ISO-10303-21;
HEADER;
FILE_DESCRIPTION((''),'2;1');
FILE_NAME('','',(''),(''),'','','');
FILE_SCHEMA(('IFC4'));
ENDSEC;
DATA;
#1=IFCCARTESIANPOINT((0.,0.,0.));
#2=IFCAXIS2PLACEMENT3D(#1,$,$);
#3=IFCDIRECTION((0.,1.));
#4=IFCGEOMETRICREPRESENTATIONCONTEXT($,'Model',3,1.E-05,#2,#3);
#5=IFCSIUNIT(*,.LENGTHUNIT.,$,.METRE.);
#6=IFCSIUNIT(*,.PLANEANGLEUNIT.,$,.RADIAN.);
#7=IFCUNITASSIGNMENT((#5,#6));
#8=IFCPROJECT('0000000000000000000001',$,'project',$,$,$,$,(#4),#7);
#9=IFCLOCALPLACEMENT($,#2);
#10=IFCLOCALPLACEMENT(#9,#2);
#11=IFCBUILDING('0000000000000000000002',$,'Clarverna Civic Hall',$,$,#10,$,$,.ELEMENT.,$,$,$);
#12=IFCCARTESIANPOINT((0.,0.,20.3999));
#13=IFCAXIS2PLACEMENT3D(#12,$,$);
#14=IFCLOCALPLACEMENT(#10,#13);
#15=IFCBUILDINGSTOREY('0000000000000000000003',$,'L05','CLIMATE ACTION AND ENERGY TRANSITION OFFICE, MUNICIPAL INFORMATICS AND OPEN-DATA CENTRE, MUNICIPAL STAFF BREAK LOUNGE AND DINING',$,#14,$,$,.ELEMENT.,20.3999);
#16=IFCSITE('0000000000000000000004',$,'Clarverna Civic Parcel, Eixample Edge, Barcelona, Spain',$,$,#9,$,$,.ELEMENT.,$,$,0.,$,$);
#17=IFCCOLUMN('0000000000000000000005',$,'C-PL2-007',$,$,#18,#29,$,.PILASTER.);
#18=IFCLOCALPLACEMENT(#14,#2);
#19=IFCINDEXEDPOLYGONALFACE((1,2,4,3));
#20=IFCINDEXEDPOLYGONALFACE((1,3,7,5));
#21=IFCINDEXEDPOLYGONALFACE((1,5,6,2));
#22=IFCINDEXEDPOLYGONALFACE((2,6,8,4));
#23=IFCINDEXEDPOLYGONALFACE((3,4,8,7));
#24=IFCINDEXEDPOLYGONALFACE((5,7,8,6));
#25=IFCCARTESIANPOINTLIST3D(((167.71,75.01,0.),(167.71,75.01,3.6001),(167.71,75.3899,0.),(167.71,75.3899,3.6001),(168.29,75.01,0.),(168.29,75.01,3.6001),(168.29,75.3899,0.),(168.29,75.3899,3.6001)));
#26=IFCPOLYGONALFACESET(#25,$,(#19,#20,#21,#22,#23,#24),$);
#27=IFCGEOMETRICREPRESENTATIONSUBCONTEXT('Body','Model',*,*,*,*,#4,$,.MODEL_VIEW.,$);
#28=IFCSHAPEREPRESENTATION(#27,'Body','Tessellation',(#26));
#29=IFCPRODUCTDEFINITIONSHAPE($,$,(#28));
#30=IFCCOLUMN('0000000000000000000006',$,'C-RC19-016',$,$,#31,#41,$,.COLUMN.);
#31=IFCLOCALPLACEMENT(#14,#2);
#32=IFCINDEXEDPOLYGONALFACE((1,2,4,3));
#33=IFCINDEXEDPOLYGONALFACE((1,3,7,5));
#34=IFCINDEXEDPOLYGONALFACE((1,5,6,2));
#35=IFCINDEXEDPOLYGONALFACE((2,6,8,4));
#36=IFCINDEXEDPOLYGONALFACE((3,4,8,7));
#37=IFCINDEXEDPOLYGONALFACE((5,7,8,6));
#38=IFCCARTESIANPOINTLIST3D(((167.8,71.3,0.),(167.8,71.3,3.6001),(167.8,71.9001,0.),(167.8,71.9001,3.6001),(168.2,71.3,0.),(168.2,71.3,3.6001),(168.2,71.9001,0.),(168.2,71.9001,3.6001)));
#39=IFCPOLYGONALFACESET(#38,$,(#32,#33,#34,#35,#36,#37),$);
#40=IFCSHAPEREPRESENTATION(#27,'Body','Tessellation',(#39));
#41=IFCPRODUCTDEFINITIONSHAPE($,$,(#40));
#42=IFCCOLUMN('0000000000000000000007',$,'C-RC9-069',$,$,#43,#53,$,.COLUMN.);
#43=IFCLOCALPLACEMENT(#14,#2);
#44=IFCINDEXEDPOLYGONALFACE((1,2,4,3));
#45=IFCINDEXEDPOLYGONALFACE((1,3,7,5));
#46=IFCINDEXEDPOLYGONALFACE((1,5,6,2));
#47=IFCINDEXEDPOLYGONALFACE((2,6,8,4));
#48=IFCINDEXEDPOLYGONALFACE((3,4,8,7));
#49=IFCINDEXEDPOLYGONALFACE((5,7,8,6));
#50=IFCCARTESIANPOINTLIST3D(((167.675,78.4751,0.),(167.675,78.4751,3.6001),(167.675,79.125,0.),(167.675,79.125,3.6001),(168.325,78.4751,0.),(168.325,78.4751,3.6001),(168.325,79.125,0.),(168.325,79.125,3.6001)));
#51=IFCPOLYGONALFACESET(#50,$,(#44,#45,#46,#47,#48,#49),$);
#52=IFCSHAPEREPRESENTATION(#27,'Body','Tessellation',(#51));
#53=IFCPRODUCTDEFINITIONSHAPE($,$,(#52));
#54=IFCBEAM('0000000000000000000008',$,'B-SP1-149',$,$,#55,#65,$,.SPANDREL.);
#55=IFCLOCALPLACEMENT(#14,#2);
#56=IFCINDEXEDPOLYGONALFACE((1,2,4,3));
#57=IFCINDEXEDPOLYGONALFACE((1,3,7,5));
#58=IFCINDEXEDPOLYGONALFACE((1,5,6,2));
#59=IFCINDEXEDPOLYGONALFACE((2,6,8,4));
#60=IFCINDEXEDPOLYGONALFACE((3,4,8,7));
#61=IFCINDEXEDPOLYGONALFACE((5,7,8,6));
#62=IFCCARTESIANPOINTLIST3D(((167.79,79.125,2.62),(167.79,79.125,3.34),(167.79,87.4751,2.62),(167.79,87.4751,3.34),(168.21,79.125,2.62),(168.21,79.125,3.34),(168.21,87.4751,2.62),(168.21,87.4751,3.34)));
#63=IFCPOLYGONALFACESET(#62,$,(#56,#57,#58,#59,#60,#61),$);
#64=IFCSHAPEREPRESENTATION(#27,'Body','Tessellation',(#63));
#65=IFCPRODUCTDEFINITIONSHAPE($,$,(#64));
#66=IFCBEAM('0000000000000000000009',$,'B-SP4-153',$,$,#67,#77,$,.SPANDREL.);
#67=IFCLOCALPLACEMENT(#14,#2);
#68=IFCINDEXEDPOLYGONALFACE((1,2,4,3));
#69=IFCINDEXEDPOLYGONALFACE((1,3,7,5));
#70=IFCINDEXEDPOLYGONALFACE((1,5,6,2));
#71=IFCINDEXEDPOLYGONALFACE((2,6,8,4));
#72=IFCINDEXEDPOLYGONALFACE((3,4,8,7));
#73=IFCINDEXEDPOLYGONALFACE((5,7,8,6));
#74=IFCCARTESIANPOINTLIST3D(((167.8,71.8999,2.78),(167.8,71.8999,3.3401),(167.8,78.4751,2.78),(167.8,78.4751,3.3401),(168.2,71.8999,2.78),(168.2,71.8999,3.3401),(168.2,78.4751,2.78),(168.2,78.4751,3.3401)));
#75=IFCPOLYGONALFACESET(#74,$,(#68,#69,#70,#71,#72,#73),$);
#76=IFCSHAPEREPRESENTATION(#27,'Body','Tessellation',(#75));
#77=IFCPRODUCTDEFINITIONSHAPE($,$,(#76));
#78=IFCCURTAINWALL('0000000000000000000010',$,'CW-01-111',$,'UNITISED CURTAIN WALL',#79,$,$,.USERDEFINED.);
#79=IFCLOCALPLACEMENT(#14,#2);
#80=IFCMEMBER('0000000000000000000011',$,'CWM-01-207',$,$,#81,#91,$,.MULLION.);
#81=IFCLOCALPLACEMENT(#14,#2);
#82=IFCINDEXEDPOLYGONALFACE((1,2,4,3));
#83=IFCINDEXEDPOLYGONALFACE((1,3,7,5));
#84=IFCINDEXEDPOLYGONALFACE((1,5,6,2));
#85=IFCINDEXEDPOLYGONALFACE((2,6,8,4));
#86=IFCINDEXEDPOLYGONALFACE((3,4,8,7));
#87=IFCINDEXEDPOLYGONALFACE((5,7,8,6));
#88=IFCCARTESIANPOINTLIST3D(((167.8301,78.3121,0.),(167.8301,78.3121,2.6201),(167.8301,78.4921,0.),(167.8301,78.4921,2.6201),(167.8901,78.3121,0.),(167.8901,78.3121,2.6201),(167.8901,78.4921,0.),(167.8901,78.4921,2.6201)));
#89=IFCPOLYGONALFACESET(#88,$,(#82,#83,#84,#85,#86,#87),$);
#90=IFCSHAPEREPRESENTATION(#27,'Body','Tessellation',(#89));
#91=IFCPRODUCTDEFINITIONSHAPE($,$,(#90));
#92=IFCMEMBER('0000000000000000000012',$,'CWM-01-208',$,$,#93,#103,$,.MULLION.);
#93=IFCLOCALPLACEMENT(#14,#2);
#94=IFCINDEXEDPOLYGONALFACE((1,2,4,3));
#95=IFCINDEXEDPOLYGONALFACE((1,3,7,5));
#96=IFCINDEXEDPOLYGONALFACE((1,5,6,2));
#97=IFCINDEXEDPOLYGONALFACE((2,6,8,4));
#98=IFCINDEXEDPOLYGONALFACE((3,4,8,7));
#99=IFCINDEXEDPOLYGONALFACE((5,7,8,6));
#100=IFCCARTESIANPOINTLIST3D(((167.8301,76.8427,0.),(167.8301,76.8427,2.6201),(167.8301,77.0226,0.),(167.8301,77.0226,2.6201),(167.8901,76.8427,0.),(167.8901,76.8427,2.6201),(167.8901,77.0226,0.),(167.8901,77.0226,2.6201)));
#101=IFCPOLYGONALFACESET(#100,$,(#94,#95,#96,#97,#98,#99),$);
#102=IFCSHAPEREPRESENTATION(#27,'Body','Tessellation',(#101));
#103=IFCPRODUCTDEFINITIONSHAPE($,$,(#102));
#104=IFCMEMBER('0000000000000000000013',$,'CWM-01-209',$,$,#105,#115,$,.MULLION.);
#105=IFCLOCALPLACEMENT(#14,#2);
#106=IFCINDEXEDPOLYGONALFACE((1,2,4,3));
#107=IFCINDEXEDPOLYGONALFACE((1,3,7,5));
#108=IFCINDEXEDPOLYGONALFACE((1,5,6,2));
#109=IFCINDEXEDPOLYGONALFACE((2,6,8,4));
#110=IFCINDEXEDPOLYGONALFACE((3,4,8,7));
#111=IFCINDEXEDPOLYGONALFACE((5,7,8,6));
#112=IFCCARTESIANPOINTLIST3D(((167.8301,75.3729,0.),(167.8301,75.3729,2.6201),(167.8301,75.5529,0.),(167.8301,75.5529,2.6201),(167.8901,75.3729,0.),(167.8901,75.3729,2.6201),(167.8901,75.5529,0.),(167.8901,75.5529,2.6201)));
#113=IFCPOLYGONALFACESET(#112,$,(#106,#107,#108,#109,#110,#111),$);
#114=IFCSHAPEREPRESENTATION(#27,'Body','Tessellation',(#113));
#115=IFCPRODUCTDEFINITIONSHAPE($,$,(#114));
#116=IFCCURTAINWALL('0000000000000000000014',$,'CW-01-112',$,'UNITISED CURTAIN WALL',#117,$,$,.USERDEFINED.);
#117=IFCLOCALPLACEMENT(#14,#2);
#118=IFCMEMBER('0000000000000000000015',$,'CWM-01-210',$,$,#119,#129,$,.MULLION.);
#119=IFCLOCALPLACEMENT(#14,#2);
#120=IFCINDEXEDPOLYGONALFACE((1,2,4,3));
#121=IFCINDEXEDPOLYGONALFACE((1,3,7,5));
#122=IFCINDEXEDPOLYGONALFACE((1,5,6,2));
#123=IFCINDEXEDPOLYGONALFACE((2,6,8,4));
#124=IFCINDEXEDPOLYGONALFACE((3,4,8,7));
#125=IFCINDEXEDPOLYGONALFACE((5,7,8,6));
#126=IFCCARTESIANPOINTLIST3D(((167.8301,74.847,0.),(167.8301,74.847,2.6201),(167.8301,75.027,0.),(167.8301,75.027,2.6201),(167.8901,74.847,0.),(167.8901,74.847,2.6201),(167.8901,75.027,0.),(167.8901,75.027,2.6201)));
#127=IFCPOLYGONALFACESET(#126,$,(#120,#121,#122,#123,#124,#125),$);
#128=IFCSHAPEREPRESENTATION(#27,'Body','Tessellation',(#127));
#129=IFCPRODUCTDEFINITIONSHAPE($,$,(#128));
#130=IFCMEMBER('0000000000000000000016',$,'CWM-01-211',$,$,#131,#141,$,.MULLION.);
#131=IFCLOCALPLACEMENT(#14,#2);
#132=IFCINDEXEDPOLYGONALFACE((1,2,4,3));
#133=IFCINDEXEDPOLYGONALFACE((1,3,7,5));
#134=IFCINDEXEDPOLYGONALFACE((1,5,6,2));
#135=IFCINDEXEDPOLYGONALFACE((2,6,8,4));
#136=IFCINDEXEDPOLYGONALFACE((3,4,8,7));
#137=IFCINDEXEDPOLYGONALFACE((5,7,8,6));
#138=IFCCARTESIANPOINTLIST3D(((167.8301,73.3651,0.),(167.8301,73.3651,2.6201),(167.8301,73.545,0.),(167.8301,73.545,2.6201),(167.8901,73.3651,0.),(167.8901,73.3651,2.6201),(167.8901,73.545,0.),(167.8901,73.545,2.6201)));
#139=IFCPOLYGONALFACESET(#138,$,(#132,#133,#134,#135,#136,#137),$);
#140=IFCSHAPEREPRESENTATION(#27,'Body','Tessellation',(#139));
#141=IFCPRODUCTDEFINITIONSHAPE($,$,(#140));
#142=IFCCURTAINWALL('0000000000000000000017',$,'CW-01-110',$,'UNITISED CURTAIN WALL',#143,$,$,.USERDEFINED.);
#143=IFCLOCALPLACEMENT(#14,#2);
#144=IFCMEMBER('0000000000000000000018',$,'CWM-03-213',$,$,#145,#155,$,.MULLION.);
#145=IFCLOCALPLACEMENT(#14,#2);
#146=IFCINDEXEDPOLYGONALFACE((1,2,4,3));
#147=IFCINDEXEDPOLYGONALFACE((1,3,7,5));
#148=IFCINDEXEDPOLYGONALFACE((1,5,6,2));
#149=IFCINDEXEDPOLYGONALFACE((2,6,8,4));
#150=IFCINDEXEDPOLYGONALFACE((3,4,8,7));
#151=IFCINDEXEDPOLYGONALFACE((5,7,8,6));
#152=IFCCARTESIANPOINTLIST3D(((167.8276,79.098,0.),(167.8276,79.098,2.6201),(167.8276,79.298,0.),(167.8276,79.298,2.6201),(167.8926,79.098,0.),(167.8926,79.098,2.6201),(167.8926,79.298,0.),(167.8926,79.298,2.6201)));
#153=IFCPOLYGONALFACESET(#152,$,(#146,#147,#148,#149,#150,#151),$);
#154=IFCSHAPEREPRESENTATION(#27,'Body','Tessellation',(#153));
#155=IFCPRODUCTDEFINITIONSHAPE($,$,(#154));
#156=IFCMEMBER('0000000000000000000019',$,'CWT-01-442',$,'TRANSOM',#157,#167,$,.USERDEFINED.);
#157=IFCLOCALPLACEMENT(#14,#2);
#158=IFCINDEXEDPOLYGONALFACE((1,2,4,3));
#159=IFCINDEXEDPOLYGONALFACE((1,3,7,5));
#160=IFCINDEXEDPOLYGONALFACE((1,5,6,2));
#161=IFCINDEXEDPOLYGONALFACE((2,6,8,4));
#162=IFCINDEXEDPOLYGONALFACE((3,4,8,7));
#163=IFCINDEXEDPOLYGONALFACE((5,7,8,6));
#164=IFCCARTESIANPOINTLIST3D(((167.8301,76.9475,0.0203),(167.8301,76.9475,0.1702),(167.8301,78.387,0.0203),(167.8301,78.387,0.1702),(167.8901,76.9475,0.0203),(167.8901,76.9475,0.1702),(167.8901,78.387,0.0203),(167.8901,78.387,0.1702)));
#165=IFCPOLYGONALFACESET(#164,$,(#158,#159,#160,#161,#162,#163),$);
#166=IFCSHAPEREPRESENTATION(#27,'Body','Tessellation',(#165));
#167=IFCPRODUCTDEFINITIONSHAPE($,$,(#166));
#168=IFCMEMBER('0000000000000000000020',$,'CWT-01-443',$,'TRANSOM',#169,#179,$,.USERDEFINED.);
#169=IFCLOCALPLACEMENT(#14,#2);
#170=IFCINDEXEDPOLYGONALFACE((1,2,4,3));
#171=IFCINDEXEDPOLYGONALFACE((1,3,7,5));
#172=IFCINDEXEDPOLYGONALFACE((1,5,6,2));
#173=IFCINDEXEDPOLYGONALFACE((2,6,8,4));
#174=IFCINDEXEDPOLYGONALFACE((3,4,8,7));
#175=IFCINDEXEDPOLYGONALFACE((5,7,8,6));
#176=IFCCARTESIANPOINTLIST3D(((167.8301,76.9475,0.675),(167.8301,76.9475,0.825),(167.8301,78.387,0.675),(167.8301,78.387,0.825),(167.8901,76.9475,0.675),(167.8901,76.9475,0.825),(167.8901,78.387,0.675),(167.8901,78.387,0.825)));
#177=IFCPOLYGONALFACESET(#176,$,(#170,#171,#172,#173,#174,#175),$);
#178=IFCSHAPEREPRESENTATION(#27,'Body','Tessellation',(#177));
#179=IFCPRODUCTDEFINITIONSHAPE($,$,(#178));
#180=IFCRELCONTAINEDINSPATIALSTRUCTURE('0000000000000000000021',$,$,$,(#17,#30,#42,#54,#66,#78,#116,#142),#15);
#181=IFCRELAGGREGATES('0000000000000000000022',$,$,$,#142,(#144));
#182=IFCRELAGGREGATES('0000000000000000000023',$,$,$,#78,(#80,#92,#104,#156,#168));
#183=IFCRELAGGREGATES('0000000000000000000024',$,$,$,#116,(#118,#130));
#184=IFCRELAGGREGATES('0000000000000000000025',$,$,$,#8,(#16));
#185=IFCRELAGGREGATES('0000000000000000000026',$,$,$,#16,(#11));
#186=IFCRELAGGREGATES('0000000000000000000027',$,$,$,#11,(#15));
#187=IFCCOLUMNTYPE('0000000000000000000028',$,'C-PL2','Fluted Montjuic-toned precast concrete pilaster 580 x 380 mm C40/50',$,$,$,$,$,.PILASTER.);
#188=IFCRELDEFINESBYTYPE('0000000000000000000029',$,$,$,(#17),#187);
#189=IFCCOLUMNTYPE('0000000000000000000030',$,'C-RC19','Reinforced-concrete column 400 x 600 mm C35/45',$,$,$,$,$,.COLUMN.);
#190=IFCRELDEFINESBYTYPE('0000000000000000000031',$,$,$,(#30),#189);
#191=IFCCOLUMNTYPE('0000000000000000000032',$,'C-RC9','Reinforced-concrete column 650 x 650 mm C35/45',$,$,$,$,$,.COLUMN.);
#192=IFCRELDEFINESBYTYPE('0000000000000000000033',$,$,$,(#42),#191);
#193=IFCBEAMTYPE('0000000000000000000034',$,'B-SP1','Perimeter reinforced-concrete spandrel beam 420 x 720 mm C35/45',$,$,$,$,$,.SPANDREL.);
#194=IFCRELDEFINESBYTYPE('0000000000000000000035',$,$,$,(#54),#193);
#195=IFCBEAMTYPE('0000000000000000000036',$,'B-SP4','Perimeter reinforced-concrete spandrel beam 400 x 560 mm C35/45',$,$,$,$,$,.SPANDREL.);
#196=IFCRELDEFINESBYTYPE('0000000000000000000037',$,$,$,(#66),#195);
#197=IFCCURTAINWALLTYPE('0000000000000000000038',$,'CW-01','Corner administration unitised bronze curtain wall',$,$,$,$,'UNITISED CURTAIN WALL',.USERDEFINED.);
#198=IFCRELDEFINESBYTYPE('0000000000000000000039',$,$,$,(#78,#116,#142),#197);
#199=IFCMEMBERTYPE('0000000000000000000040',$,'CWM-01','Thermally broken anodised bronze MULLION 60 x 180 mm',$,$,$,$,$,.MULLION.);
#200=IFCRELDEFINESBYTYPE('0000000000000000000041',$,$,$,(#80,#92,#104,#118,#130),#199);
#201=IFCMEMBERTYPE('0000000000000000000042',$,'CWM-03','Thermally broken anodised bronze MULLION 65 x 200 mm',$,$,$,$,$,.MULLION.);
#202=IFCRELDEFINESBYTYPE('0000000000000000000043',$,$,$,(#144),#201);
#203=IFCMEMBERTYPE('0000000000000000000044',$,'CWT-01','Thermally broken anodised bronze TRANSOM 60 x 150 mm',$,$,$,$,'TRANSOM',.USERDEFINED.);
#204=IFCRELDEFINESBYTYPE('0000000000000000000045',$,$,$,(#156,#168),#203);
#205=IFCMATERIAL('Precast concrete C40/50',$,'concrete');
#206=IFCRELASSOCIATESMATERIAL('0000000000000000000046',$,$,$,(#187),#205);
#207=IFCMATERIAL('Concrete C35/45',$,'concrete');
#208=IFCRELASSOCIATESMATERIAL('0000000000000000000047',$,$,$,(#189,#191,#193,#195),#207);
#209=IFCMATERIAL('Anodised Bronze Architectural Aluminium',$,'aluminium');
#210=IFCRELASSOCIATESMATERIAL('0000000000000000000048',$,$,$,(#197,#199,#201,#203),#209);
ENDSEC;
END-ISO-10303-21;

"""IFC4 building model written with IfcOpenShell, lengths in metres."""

from ifc_helpers import new_model, si_unit, direction, frame, origin, origin_2d, place, context, subcontext, project, spatial, rectangle, extrude, material, material_profile, profile_set, type_object, element, aggregate, save


model = new_model("IFC4")

# Units and contexts
model_context = context("Model", 3, precision=1e-05, world=origin(), true_north=direction((0.0, 1.0)))
body_context = subcontext(model_context, "Body", "Model", "MODEL_VIEW")
ifc_project = project(units=[si_unit("LENGTHUNIT", "METRE"), si_unit("PLANEANGLEUNIT", "RADIAN")], contexts=[model_context])

# Site, building, storey
site_placement = place(None, origin())
site = spatial("IfcSite", under=ifc_project, at=site_placement, Name="Clarverna Civic Parcel, Eixample Edge, Barcelona, Spain", CompositionType="ELEMENT", RefElevation=0.0)
building_placement = place(site_placement, origin())
building = spatial("IfcBuilding", under=site, at=building_placement, Name="Clarverna Civic Hall", CompositionType="ELEMENT")
storey_placement = place(building_placement, frame((0.0, 0.0, 20.3999)))
storey = spatial("IfcBuildingStorey", under=building, at=storey_placement, Name="L05", Description="CLIMATE ACTION AND ENERGY TRANSITION OFFICE, MUNICIPAL INFORMATICS AND OPEN-DATA CENTRE, MUNICIPAL STAFF BREAK LOUNGE AND DINING", CompositionType="ELEMENT", Elevation=20.3999)

# Columns
ifc_material_1 = material(Name="Precast concrete C40/50", Category="concrete")
ifc_material_profile_1 = material_profile(ifc_material_1, rectangle(XDim=0.5801, YDim=0.3799, at=origin_2d()), Name="PILASTER 580x380")
ifc_profile_set_1 = profile_set([ifc_material_profile_1], Name="Precast concrete C40/50")
column_type_1 = type_object("IfcColumnType", Name="C-PL2", Description="Fluted Montjuic-toned precast concrete pilaster 580 x 380 mm C40/50", PredefinedType="PILASTER", material=ifc_profile_set_1)
column_1_placement = place(storey_placement, frame((168.0, 75.2, 0.0), z_axis=(0.0, 0.0, 1.0), x_axis=(1.0, 0.0, 0.0)))
element("IfcColumn", 1, at=column_1_placement, inside=storey, type_object=column_type_1, Name="C-PL2-007", PredefinedType="PILASTER", context=body_context, shape_type="SweptSolid", body=[
    extrude(rectangle(XDim=0.5801, YDim=0.3799, at=origin_2d()), origin(), (0.0, 0.0, 1.0), 3.6001),
])
ifc_material_2 = material(Name="Concrete C35/45", Category="concrete")
ifc_material_profile_2 = material_profile(ifc_material_2, rectangle(XDim=0.3999, YDim=0.6001, at=origin_2d()), Name="RC 400x600")
ifc_profile_set_2 = profile_set([ifc_material_profile_2], Name="Concrete C35/45")
column_type_2 = type_object("IfcColumnType", Name="C-RC19", Description="Reinforced-concrete column 400 x 600 mm C35/45", PredefinedType="COLUMN", material=ifc_profile_set_2)
column_2_placement = place(storey_placement, frame((168.0, 71.6001, 0.0), z_axis=(0.0, 0.0, 1.0), x_axis=(1.0, 0.0, 0.0)))
element("IfcColumn", 2, at=column_2_placement, inside=storey, type_object=column_type_2, Name="C-RC19-016", PredefinedType="COLUMN", context=body_context, shape_type="SweptSolid", body=[
    extrude(rectangle(XDim=0.3999, YDim=0.6001, at=origin_2d()), origin(), (0.0, 0.0, 1.0), 3.6001),
])
ifc_material_profile_3 = material_profile(ifc_material_2, rectangle(XDim=0.6499, YDim=0.6499, at=origin_2d()), Name="RC 650x650")
ifc_profile_set_3 = profile_set([ifc_material_profile_3], Name="Concrete C35/45")
column_type_3 = type_object("IfcColumnType", Name="C-RC9", Description="Reinforced-concrete column 650 x 650 mm C35/45", PredefinedType="COLUMN", material=ifc_profile_set_3)
column_3_placement = place(storey_placement, frame((168.0, 78.8, 0.0), z_axis=(0.0, 0.0, 1.0), x_axis=(1.0, 0.0, 0.0)))
element("IfcColumn", 3, at=column_3_placement, inside=storey, type_object=column_type_3, Name="C-RC9-069", PredefinedType="COLUMN", context=body_context, shape_type="SweptSolid", body=[
    extrude(rectangle(XDim=0.6499, YDim=0.6499, at=origin_2d()), origin(), (0.0, 0.0, 1.0), 3.6001),
])

# Beams
ifc_material_profile_4 = material_profile(ifc_material_2, rectangle(XDim=0.4199, YDim=0.72, at=origin_2d()), Name="RC 420x720")
ifc_profile_set_4 = profile_set([ifc_material_profile_4], Name="Concrete C35/45")
beam_type_1 = type_object("IfcBeamType", Name="B-SP1", Description="Perimeter reinforced-concrete spandrel beam 420 x 720 mm C35/45", PredefinedType="SPANDREL", material=ifc_profile_set_4)
beam_1_placement = place(storey_placement, frame((168.0, 79.125, 2.98), z_axis=(0.0, 1.0, 0.0), x_axis=(-1.0, 0.0, 0.0)))
element("IfcBeam", 4, at=beam_1_placement, inside=storey, type_object=beam_type_1, Name="B-SP1-149", PredefinedType="SPANDREL", context=body_context, shape_type="SweptSolid", body=[
    extrude(rectangle(XDim=0.4199, YDim=0.72, at=origin_2d()), origin(), (0.0, 0.0, 1.0), 8.3501),
])
ifc_material_profile_5 = material_profile(ifc_material_2, rectangle(XDim=0.3999, YDim=0.5601, at=origin_2d()), Name="RC 400x560")
ifc_profile_set_5 = profile_set([ifc_material_profile_5], Name="Concrete C35/45")
beam_type_2 = type_object("IfcBeamType", Name="B-SP4", Description="Perimeter reinforced-concrete spandrel beam 400 x 560 mm C35/45", PredefinedType="SPANDREL", material=ifc_profile_set_5)
beam_2_placement = place(storey_placement, frame((168.0, 71.8999, 3.0601), z_axis=(0.0, 1.0, 0.0), x_axis=(-1.0, 0.0, 0.0)))
element("IfcBeam", 5, at=beam_2_placement, inside=storey, type_object=beam_type_2, Name="B-SP4-153", PredefinedType="SPANDREL", context=body_context, shape_type="SweptSolid", body=[
    extrude(rectangle(XDim=0.3999, YDim=0.5601, at=origin_2d()), origin(), (0.0, 0.0, 1.0), 6.5752),
])

# Curtain walls, members
ifc_material_3 = material(Name="Anodised Bronze Architectural Aluminium", Category="aluminium")
curtain_wall_type = type_object("IfcCurtainWallType", Name="CW-01", Description="Corner administration unitised bronze curtain wall", ElementType="UNITISED CURTAIN WALL", PredefinedType="USERDEFINED", material=ifc_material_3)
curtain_wall_1_placement = place(storey_placement, origin())
curtain_wall_1 = element("IfcCurtainWall", 6, at=curtain_wall_1_placement, inside=storey, type_object=curtain_wall_type, Name="CW-01-111", ObjectType="UNITISED CURTAIN WALL", PredefinedType="USERDEFINED")
ifc_material_profile_6 = material_profile(ifc_material_3, rectangle(XDim=0.0601, YDim=0.1799, at=origin_2d()), Name="BRONZE 60x180")
ifc_profile_set_6 = profile_set([ifc_material_profile_6], Name="Anodised Bronze Architectural Aluminium")
member_type_1 = type_object("IfcMemberType", Name="CWM-01", Description="Thermally broken anodised bronze MULLION 60 x 180 mm", PredefinedType="MULLION", material=ifc_profile_set_6)
member_1_placement = place(storey_placement, frame((167.8601, 78.4021, 0.0), z_axis=(0.0, 0.0, 1.0), x_axis=(1.0, 0.0, 0.0)))
member_1 = element("IfcMember", 7, at=member_1_placement, type_object=member_type_1, Name="CWM-01-207", PredefinedType="MULLION", context=body_context, shape_type="SweptSolid", body=[
    extrude(rectangle(XDim=0.0601, YDim=0.1799, at=origin_2d()), origin(), (0.0, 0.0, 1.0), 2.6201),
])
member_2_placement = place(storey_placement, frame((167.8601, 76.9326, 0.0), z_axis=(0.0, 0.0, 1.0), x_axis=(1.0, 0.0, 0.0)))
member_2 = element("IfcMember", 8, at=member_2_placement, type_object=member_type_1, Name="CWM-01-208", PredefinedType="MULLION", context=body_context, shape_type="SweptSolid", body=[
    extrude(rectangle(XDim=0.0601, YDim=0.1799, at=origin_2d()), origin(), (0.0, 0.0, 1.0), 2.6201),
])
member_3_placement = place(storey_placement, frame((167.8601, 75.4629, 0.0), z_axis=(0.0, 0.0, 1.0), x_axis=(1.0, 0.0, 0.0)))
member_3 = element("IfcMember", 9, at=member_3_placement, type_object=member_type_1, Name="CWM-01-209", PredefinedType="MULLION", context=body_context, shape_type="SweptSolid", body=[
    extrude(rectangle(XDim=0.0601, YDim=0.1799, at=origin_2d()), origin(), (0.0, 0.0, 1.0), 2.6201),
])
curtain_wall_2_placement = place(storey_placement, origin())
curtain_wall_2 = element("IfcCurtainWall", 10, at=curtain_wall_2_placement, inside=storey, type_object=curtain_wall_type, Name="CW-01-112", ObjectType="UNITISED CURTAIN WALL", PredefinedType="USERDEFINED")
member_4_placement = place(storey_placement, frame((167.8601, 74.937, 0.0), z_axis=(0.0, 0.0, 1.0), x_axis=(1.0, 0.0, 0.0)))
member_4 = element("IfcMember", 11, at=member_4_placement, type_object=member_type_1, Name="CWM-01-210", PredefinedType="MULLION", context=body_context, shape_type="SweptSolid", body=[
    extrude(rectangle(XDim=0.0601, YDim=0.1799, at=origin_2d()), origin(), (0.0, 0.0, 1.0), 2.6201),
])
member_5_placement = place(storey_placement, frame((167.8601, 73.4551, 0.0), z_axis=(0.0, 0.0, 1.0), x_axis=(1.0, 0.0, 0.0)))
member_5 = element("IfcMember", 12, at=member_5_placement, type_object=member_type_1, Name="CWM-01-211", PredefinedType="MULLION", context=body_context, shape_type="SweptSolid", body=[
    extrude(rectangle(XDim=0.0601, YDim=0.1799, at=origin_2d()), origin(), (0.0, 0.0, 1.0), 2.6201),
])

# Curtain wall, member
curtain_wall_3_placement = place(storey_placement, origin())
curtain_wall_3 = element("IfcCurtainWall", 13, at=curtain_wall_3_placement, inside=storey, type_object=curtain_wall_type, Name="CW-01-110", ObjectType="UNITISED CURTAIN WALL", PredefinedType="USERDEFINED")
ifc_material_profile_7 = material_profile(ifc_material_3, rectangle(XDim=0.0649, YDim=0.2, at=origin_2d()), Name="BRONZE 65x200")
ifc_profile_set_7 = profile_set([ifc_material_profile_7], Name="Anodised Bronze Architectural Aluminium")
member_type_2 = type_object("IfcMemberType", Name="CWM-03", Description="Thermally broken anodised bronze MULLION 65 x 200 mm", PredefinedType="MULLION", material=ifc_profile_set_7)
member_6_placement = place(storey_placement, frame((167.8601, 79.198, 0.0), z_axis=(0.0, 0.0, 1.0), x_axis=(1.0, 0.0, 0.0)))
member_6 = element("IfcMember", 14, at=member_6_placement, type_object=member_type_2, Name="CWM-03-213", PredefinedType="MULLION", context=body_context, shape_type="SweptSolid", body=[
    extrude(rectangle(XDim=0.0649, YDim=0.2, at=origin_2d()), origin(), (0.0, 0.0, 1.0), 2.6201),
])

# Members
ifc_material_profile_8 = material_profile(ifc_material_3, rectangle(XDim=0.0601, YDim=0.1499, at=origin_2d()), Name="BRONZE 60x150")
ifc_profile_set_8 = profile_set([ifc_material_profile_8], Name="Anodised Bronze Architectural Aluminium")
member_type_3 = type_object("IfcMemberType", Name="CWT-01", Description="Thermally broken anodised bronze TRANSOM 60 x 150 mm", ElementType="TRANSOM", PredefinedType="USERDEFINED", material=ifc_profile_set_8)
member_7_placement = place(storey_placement, frame((167.8601, 78.387, 0.0952), z_axis=(0.0, -1.0, 0.0), x_axis=(1.0, 0.0, 0.0)))
member_7 = element("IfcMember", 15, at=member_7_placement, type_object=member_type_3, Name="CWT-01-442", ObjectType="TRANSOM", PredefinedType="USERDEFINED", context=body_context, shape_type="SweptSolid", body=[
    extrude(rectangle(XDim=0.0601, YDim=0.1499, at=origin_2d()), origin(), (0.0, 0.0, 1.0), 1.4395),
])
member_8_placement = place(storey_placement, frame((167.8601, 78.387, 0.75), z_axis=(0.0, -1.0, 0.0), x_axis=(1.0, 0.0, 0.0)))
member_8 = element("IfcMember", 16, at=member_8_placement, type_object=member_type_3, Name="CWT-01-443", ObjectType="TRANSOM", PredefinedType="USERDEFINED", context=body_context, shape_type="SweptSolid", body=[
    extrude(rectangle(XDim=0.0601, YDim=0.1499, at=origin_2d()), origin(), (0.0, 0.0, 1.0), 1.4395),
])
aggregate(curtain_wall_3, [member_6])

aggregate(curtain_wall_1, [member_1, member_2, member_3, member_7, member_8])
aggregate(curtain_wall_2, [member_4, member_5])

save(model, "model.ifc")
